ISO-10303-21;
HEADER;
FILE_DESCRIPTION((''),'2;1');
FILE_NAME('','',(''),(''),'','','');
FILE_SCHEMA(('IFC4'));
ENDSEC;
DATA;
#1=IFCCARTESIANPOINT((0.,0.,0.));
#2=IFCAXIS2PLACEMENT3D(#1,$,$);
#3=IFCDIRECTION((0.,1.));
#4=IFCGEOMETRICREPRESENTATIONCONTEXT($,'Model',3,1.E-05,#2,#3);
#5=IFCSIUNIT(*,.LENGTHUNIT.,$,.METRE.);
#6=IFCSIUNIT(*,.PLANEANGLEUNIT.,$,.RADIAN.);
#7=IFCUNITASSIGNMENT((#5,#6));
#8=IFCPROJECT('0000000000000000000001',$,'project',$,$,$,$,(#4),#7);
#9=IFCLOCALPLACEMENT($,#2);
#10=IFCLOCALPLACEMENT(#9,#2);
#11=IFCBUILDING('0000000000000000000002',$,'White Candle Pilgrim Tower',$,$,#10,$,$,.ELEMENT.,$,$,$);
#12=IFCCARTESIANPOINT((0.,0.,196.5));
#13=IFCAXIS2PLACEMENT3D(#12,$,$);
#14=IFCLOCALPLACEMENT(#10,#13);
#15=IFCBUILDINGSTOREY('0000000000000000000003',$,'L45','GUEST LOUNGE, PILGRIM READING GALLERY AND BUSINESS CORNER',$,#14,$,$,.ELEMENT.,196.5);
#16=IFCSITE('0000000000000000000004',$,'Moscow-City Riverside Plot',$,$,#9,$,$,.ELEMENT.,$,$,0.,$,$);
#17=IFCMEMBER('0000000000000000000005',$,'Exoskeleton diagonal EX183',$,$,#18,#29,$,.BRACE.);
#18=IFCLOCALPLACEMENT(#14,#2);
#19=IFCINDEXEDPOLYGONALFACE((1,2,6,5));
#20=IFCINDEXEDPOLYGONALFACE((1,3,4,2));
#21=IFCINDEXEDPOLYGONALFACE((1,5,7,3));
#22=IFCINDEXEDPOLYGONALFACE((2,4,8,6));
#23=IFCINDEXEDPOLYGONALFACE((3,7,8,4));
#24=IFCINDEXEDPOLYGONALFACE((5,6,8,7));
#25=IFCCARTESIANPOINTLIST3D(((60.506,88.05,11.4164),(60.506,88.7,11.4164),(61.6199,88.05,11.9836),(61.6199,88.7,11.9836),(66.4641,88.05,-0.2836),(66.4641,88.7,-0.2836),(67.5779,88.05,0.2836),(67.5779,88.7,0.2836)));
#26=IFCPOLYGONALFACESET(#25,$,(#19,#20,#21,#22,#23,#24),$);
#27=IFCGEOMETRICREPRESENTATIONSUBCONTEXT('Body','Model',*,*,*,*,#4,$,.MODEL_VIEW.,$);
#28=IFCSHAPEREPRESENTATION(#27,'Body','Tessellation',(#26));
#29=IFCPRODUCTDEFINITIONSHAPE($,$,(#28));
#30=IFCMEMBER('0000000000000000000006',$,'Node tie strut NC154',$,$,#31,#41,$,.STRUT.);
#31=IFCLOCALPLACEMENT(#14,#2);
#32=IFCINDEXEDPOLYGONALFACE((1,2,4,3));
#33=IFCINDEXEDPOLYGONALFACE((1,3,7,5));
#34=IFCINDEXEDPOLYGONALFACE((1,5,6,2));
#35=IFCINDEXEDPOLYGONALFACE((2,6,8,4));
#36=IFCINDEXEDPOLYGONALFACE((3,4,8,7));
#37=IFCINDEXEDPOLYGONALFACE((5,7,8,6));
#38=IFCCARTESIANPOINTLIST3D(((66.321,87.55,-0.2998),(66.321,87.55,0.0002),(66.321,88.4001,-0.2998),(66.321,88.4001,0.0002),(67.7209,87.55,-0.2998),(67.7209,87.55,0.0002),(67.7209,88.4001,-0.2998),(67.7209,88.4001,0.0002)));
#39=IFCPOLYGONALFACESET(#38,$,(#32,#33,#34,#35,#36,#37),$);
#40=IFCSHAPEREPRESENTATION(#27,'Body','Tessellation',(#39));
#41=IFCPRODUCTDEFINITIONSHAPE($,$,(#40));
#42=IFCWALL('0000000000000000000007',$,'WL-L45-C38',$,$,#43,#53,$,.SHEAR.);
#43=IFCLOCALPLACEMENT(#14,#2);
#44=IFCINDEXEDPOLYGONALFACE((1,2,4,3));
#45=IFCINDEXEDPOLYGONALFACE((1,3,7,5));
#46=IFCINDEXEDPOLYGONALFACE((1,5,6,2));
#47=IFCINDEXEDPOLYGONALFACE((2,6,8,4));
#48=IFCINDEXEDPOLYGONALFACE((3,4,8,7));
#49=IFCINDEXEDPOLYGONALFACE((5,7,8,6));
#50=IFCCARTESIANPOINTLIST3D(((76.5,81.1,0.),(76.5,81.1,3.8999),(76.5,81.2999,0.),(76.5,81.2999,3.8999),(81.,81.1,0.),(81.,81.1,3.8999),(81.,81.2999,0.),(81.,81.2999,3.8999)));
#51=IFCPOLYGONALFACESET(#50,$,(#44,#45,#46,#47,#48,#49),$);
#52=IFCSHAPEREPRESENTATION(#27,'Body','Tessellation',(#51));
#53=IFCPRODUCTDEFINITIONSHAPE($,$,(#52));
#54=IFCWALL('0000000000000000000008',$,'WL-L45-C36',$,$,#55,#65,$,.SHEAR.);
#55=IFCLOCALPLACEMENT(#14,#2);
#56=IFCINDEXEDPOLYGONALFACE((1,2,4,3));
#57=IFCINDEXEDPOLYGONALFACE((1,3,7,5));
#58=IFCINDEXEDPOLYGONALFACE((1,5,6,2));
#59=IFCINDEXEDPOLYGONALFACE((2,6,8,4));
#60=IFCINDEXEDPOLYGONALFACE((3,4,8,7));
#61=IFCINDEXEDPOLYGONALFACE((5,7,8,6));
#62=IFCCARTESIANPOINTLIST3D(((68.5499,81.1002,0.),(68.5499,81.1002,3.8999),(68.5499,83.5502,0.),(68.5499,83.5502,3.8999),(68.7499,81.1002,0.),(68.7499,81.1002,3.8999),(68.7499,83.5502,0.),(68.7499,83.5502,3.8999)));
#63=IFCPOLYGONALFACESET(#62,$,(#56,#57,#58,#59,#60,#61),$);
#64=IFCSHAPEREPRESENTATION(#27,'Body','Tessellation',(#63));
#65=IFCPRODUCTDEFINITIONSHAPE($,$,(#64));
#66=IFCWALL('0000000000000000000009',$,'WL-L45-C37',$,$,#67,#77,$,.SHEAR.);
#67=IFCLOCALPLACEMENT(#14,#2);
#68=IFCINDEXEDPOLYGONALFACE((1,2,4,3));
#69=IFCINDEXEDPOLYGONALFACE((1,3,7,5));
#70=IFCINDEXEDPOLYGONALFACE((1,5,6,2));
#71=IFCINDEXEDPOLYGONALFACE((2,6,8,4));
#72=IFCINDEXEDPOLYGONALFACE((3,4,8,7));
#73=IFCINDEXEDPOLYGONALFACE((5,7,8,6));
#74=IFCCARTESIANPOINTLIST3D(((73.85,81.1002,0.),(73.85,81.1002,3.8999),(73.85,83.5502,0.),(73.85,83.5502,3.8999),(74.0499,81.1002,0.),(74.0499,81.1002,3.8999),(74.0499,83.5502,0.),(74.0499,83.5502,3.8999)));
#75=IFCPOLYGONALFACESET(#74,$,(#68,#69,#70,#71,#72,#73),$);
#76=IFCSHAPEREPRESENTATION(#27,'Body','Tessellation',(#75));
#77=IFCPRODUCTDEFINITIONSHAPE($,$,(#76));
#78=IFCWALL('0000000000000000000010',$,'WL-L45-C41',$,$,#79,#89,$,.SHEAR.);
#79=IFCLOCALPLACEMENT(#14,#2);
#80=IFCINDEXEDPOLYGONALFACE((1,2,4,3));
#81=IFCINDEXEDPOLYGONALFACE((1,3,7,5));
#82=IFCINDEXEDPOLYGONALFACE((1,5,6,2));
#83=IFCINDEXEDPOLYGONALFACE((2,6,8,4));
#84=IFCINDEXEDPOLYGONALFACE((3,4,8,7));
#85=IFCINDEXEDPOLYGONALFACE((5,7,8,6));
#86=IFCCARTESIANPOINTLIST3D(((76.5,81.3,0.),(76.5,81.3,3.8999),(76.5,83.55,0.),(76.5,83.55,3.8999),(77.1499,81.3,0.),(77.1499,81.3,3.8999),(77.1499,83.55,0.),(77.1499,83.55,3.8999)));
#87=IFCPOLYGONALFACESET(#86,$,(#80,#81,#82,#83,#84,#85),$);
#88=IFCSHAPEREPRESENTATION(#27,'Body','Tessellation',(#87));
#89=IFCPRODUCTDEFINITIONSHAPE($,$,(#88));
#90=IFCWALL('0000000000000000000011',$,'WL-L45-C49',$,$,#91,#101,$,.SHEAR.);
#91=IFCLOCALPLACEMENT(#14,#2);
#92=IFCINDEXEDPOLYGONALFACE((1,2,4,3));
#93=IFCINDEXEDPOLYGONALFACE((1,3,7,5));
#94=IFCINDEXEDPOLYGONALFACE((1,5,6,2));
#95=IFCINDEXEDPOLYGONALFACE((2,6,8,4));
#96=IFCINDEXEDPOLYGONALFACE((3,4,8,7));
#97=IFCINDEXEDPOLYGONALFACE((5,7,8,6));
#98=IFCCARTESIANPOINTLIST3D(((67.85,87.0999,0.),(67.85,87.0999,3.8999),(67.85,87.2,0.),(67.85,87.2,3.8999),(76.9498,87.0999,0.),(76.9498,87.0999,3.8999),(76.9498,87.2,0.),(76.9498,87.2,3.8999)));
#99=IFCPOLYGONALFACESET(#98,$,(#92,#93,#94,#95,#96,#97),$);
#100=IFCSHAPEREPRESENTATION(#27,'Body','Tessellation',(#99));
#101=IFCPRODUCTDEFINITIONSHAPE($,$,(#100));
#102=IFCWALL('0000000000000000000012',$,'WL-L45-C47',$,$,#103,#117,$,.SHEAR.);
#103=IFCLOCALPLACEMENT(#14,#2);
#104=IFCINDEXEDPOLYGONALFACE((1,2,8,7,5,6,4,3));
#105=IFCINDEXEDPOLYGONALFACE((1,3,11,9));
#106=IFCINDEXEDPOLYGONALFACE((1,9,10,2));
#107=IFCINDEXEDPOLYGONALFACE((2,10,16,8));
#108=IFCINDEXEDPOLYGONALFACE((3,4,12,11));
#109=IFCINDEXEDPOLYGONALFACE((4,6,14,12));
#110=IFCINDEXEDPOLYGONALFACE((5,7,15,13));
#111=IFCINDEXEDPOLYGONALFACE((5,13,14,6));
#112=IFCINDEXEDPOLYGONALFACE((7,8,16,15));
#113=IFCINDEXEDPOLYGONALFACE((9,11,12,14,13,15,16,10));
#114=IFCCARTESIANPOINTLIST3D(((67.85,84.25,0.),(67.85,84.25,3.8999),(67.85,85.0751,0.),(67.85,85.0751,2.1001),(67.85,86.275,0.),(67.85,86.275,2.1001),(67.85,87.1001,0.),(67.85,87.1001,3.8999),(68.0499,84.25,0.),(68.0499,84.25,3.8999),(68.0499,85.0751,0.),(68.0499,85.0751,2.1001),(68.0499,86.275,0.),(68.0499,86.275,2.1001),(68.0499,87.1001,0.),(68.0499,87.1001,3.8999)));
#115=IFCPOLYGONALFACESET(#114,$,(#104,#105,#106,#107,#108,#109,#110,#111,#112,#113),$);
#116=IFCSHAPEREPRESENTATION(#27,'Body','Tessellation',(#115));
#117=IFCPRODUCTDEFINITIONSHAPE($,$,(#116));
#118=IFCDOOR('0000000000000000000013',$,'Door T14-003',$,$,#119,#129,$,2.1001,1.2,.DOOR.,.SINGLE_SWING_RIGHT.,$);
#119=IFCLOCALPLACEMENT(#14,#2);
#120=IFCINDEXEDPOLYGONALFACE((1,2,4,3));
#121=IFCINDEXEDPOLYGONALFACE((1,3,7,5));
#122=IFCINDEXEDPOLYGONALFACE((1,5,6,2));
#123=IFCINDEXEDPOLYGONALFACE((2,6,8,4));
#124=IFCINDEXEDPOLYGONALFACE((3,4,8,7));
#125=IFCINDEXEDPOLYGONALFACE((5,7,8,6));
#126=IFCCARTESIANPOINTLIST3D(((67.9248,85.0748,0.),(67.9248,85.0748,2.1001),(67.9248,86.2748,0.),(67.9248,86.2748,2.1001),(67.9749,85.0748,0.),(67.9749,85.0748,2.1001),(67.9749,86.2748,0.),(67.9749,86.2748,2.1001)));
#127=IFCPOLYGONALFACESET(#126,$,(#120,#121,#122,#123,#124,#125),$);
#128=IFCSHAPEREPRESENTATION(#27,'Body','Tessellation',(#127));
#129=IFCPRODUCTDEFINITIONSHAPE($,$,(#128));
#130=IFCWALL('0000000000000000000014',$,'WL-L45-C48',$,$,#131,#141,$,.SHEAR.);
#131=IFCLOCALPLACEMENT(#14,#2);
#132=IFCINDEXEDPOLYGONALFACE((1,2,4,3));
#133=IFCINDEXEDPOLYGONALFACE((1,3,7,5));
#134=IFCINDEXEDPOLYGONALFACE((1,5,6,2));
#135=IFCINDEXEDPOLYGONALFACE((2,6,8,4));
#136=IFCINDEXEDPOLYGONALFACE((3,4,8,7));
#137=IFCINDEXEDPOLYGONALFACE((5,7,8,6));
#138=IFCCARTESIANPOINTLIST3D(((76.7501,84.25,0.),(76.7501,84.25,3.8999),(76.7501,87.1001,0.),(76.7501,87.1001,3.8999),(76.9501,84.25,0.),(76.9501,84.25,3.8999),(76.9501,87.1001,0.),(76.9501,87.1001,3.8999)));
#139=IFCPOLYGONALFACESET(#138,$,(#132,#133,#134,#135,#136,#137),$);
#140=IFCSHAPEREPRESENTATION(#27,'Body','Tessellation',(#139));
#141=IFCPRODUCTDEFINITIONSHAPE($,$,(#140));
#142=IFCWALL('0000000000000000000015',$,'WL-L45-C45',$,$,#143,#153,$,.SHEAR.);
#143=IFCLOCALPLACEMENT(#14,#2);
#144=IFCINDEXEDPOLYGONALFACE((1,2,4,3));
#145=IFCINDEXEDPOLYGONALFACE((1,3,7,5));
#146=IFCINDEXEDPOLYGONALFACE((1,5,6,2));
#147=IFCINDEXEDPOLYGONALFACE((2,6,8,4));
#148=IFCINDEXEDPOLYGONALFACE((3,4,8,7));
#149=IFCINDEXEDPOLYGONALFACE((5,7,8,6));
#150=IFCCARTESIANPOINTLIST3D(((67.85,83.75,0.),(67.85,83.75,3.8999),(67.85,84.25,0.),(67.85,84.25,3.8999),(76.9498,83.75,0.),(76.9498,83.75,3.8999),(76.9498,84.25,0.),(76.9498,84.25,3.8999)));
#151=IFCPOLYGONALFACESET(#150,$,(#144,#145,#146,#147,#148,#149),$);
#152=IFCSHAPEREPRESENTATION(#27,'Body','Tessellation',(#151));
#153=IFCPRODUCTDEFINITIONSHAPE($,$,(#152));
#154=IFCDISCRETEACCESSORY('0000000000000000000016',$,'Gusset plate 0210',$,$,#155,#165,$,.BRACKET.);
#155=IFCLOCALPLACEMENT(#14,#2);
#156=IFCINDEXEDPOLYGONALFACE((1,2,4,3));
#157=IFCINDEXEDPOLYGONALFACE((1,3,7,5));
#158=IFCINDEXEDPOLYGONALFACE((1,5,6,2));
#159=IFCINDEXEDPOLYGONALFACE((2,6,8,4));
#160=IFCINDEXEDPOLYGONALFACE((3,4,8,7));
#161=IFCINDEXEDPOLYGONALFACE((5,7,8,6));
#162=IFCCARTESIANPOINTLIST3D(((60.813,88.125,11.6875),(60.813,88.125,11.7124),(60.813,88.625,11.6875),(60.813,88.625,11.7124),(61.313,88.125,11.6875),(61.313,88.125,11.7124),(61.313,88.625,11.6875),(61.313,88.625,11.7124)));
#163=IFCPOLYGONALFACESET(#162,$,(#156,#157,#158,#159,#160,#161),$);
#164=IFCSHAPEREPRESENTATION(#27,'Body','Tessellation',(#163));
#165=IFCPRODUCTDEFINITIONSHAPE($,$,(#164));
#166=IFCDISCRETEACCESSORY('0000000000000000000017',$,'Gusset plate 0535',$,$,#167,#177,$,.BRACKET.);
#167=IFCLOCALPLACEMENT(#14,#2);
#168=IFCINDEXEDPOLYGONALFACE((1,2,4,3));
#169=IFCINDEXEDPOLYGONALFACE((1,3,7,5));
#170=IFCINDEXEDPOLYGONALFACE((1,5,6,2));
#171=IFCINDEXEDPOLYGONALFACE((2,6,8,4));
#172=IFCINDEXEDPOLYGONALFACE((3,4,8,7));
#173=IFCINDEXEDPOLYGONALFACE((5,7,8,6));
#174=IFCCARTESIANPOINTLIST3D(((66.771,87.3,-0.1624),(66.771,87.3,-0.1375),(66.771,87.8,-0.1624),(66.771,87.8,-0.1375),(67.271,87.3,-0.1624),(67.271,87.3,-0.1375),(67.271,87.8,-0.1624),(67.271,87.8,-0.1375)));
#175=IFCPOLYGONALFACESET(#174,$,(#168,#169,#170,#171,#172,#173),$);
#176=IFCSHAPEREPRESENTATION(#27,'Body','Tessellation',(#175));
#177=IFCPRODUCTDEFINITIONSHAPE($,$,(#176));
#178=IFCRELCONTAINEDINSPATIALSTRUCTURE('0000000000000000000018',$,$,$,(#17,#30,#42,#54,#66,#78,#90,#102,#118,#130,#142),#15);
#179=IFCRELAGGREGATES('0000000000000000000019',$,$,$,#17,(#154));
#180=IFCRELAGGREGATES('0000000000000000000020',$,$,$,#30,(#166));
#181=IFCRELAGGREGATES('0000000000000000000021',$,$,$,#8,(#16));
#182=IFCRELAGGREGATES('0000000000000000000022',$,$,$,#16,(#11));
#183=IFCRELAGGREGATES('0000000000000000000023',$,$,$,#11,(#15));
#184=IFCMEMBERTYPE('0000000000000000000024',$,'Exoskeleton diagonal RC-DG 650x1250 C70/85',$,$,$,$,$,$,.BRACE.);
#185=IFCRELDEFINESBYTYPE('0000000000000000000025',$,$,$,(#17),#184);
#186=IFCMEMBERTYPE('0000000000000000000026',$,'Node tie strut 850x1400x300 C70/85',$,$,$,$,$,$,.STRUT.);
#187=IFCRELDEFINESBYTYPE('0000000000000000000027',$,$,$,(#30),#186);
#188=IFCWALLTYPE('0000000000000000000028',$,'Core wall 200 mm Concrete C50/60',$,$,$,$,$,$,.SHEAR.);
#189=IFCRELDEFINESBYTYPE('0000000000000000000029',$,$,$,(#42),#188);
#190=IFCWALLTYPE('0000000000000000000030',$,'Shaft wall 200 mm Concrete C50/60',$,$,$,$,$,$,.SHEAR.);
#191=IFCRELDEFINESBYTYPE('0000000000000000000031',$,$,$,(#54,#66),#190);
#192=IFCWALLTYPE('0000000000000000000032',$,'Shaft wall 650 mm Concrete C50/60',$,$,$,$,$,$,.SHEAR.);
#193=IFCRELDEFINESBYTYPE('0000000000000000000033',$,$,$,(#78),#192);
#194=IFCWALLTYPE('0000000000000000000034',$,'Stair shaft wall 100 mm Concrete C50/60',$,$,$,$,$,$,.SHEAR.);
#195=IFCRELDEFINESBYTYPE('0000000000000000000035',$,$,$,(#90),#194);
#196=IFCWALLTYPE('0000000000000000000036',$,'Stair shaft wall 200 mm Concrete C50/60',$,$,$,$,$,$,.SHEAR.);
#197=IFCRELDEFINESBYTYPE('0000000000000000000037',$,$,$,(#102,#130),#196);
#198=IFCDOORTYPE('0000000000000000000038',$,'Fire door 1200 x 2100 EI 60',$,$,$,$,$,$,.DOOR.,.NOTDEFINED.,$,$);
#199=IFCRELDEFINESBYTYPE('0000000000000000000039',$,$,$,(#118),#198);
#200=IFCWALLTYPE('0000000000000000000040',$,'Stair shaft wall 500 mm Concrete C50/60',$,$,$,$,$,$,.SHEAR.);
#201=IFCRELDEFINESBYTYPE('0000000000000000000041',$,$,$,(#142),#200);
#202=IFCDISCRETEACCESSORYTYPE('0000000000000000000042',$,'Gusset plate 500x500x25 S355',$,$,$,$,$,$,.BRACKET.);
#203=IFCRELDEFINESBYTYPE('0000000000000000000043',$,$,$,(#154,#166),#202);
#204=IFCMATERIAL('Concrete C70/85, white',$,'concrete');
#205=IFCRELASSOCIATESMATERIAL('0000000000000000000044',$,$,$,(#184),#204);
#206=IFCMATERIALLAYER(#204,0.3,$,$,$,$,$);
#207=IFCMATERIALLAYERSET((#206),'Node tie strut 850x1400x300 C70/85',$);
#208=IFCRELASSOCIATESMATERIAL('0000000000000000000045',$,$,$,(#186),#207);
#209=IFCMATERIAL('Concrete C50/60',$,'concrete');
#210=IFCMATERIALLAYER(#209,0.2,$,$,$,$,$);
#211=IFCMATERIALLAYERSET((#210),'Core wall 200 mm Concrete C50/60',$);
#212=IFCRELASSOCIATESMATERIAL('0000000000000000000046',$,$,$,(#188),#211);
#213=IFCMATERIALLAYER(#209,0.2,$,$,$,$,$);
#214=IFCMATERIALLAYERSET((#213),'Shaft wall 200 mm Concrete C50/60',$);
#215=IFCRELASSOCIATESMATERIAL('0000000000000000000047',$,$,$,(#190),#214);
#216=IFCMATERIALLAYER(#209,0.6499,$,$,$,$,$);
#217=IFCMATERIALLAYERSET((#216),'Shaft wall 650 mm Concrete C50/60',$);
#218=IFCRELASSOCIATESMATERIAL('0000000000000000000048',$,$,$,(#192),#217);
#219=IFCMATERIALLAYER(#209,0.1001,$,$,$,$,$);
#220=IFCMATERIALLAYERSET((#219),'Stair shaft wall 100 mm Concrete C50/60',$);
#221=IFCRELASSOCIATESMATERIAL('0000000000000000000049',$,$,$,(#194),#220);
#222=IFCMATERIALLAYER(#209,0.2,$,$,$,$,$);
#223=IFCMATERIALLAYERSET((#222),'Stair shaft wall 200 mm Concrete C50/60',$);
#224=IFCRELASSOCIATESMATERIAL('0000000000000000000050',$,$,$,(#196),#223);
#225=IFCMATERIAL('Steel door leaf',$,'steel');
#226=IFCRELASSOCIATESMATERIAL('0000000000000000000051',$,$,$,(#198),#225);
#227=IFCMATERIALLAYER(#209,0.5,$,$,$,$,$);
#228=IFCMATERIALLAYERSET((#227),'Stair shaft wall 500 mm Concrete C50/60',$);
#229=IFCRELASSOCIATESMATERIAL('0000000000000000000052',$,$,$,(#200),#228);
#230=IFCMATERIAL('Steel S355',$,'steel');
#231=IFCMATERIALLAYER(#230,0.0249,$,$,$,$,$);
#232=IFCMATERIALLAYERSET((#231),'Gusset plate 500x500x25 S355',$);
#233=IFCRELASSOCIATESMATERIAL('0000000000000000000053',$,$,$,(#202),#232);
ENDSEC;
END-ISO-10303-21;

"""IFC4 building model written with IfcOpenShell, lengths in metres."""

from ifc_helpers import new_model, si_unit, direction, frame, frame_2d, origin, origin_2d, place, context, subcontext, project, spatial, rectangle, extrude, material, layer, layer_set, material_profile, profile_set, type_object, element, fill, aggregate, save


model = new_model("IFC4")

# Units and contexts
model_context = context("Model", 3, precision=1e-05, world=origin(), true_north=direction((0.0, 1.0)))
body_context = subcontext(model_context, "Body", "Model", "MODEL_VIEW")
ifc_project = project(units=[si_unit("LENGTHUNIT", "METRE"), si_unit("PLANEANGLEUNIT", "RADIAN")], contexts=[model_context])

# Site, building, storey
site_placement = place(None, origin())
site = spatial("IfcSite", under=ifc_project, at=site_placement, Name="Moscow-City Riverside Plot", CompositionType="ELEMENT", RefElevation=0.0)
building_placement = place(site_placement, origin())
building = spatial("IfcBuilding", under=site, at=building_placement, Name="White Candle Pilgrim Tower", CompositionType="ELEMENT")
storey_placement = place(building_placement, frame((0.0, 0.0, 196.5)))
storey = spatial("IfcBuildingStorey", under=building, at=storey_placement, Name="L45", Description="GUEST LOUNGE, PILGRIM READING GALLERY AND BUSINESS CORNER", CompositionType="ELEMENT", Elevation=196.5)

# Members
ifc_material_1 = material(Name="Concrete C70/85, white", Category="concrete")
ifc_material_profile = material_profile(ifc_material_1, rectangle(XDim=0.6499, YDim=1.25, at=origin_2d()), Name="RC-DG 650x1250")
ifc_profile_set = profile_set([ifc_material_profile], Name="Concrete C70/85, white")
member_type_1 = type_object("IfcMemberType", Name="Exoskeleton diagonal RC-DG 650x1250 C70/85", PredefinedType="BRACE", material=ifc_profile_set)
member_1_placement = place(storey_placement, frame((67.021, 88.375, 0.0), z_axis=(-0.453784, 0.0, 0.891112), x_axis=(0.0, -1.0, 0.0)))
member_1 = element("IfcMember", 1, at=member_1_placement, inside=storey, type_object=member_type_1, Name="Exoskeleton diagonal EX183", PredefinedType="BRACE", context=body_context, shape_type="SweptSolid", body=[
    extrude(rectangle(XDim=0.6499, YDim=1.25, at=origin_2d()), origin(), (0.0, 0.0, 1.0), 13.1296),
])
ifc_layer_1 = layer(ifc_material_1, 0.3)
ifc_layer_set_1 = layer_set([ifc_layer_1], Name="Node tie strut 850x1400x300 C70/85")
member_type_2 = type_object("IfcMemberType", Name="Node tie strut 850x1400x300 C70/85", PredefinedType="STRUT", material=ifc_layer_set_1)
member_2_placement = place(storey_placement, frame((67.021, 87.9751, -0.2998), z_axis=(0.0, 0.0, 1.0), x_axis=(-1.0, 0.0, 0.0)))
member_2 = element("IfcMember", 2, at=member_2_placement, inside=storey, type_object=member_type_2, Name="Node tie strut NC154", PredefinedType="STRUT", context=body_context, shape_type="SweptSolid", body=[
    extrude(rectangle(XDim=1.3999, YDim=0.8501, at=origin_2d()), origin(), (0.0, 0.0, 1.0), 0.3),
])

# Walls
ifc_material_2 = material(Name="Concrete C50/60", Category="concrete")
ifc_layer_2 = layer(ifc_material_2, 0.2)
ifc_layer_set_2 = layer_set([ifc_layer_2], Name="Core wall 200 mm Concrete C50/60")
wall_type_1 = type_object("IfcWallType", Name="Core wall 200 mm Concrete C50/60", PredefinedType="SHEAR", material=ifc_layer_set_2)
wall_1_placement = place(storey_placement, frame((76.5, 81.2, 0.0), z_axis=(0.0, 0.0, 1.0), x_axis=(1.0, 0.0, 0.0)))
element("IfcWall", 3, at=wall_1_placement, inside=storey, type_object=wall_type_1, Name="WL-L45-C38", PredefinedType="SHEAR", context=body_context, shape_type="SweptSolid", body=[
    extrude(rectangle(XDim=4.5, YDim=0.2, at=frame_2d((2.25, 0.0))), origin(), (0.0, 0.0, 1.0), 3.8999),
])
ifc_layer_3 = layer(ifc_material_2, 0.2)
ifc_layer_set_3 = layer_set([ifc_layer_3], Name="Shaft wall 200 mm Concrete C50/60")
wall_type_2 = type_object("IfcWallType", Name="Shaft wall 200 mm Concrete C50/60", PredefinedType="SHEAR", material=ifc_layer_set_3)
for number, where, z_axis, x_axis, name in (
    (4, (68.6499, 81.1001, 0.0), (0.0, 0.0, 1.0), (0.0, 1.0, 0.0), "WL-L45-C36"),
    (5, (73.95, 81.1001, 0.0), (0.0, 0.0, 1.0), (0.0, 1.0, 0.0), "WL-L45-C37"),
):
    element("IfcWall", number, at=place(storey_placement, frame(where, z_axis=z_axis, x_axis=x_axis)), inside=storey, type_object=wall_type_2, Name=name, PredefinedType="SHEAR", context=body_context, shape_type="SweptSolid", body=[
        extrude(rectangle(XDim=2.45, YDim=0.2, at=frame_2d((1.2251, 0.0))), origin(), (0.0, 0.0, 1.0), 3.8999),
    ])
ifc_layer_4 = layer(ifc_material_2, 0.6499)
ifc_layer_set_4 = layer_set([ifc_layer_4], Name="Shaft wall 650 mm Concrete C50/60")
wall_type_3 = type_object("IfcWallType", Name="Shaft wall 650 mm Concrete C50/60", PredefinedType="SHEAR", material=ifc_layer_set_4)
wall_2_placement = place(storey_placement, frame((76.825, 81.3, 0.0), z_axis=(0.0, 0.0, 1.0), x_axis=(0.0, 1.0, 0.0)))
element("IfcWall", 6, at=wall_2_placement, inside=storey, type_object=wall_type_3, Name="WL-L45-C41", PredefinedType="SHEAR", context=body_context, shape_type="SweptSolid", body=[
    extrude(rectangle(XDim=2.25, YDim=0.6499, at=frame_2d((1.125, 0.0))), origin(), (0.0, 0.0, 1.0), 3.8999),
])
ifc_layer_5 = layer(ifc_material_2, 0.1001)
ifc_layer_set_5 = layer_set([ifc_layer_5], Name="Stair shaft wall 100 mm Concrete C50/60")
wall_type_4 = type_object("IfcWallType", Name="Stair shaft wall 100 mm Concrete C50/60", PredefinedType="SHEAR", material=ifc_layer_set_5)
wall_3_placement = place(storey_placement, frame((67.8501, 87.1499, 0.0), z_axis=(0.0, 0.0, 1.0), x_axis=(1.0, 0.0, 0.0)))
element("IfcWall", 7, at=wall_3_placement, inside=storey, type_object=wall_type_4, Name="WL-L45-C49", PredefinedType="SHEAR", context=body_context, shape_type="SweptSolid", body=[
    extrude(rectangle(XDim=9.0999, YDim=0.1001, at=frame_2d((4.5498, 0.0))), origin(), (0.0, 0.0, 1.0), 3.8999),
])

# Wall, opening, door
ifc_layer_6 = layer(ifc_material_2, 0.2)
ifc_layer_set_6 = layer_set([ifc_layer_6], Name="Stair shaft wall 200 mm Concrete C50/60")
wall_type_5 = type_object("IfcWallType", Name="Stair shaft wall 200 mm Concrete C50/60", PredefinedType="SHEAR", material=ifc_layer_set_6)
wall_4_placement = place(storey_placement, frame((67.95, 84.25, 0.0), z_axis=(0.0, 0.0, 1.0), x_axis=(0.0, 1.0, 0.0)))
wall_4 = element("IfcWall", 8, at=wall_4_placement, inside=storey, type_object=wall_type_5, Name="WL-L45-C47", PredefinedType="SHEAR", context=body_context, shape_type="SweptSolid", body=[
    extrude(rectangle(XDim=2.8501, YDim=0.2, at=frame_2d((1.425, 0.0))), origin(), (0.0, 0.0, 1.0), 3.8999),
])
opening_placement = place(wall_4_placement, frame((0.825, 0.0, 0.0)))
opening = element("IfcOpeningElement", 9, at=opening_placement, cuts=wall_4, PredefinedType="OPENING", context=body_context, shape_type="SweptSolid", body=[
    extrude(rectangle(XDim=1.2, YDim=2.1001, at=frame_2d((0.6001, 1.05))), frame((0.0, 0.1099, 0.0), z_axis=(0.0, -1.0, 0.0), x_axis=(1.0, 0.0, 0.0)), (0.0, 0.0, 1.0), 0.22),
])
ifc_material_3 = material(Name="Steel door leaf", Category="steel")
door_type = type_object("IfcDoorType", Name="Fire door 1200 x 2100 EI 60", OperationType="NOTDEFINED", PredefinedType="DOOR", material=ifc_material_3)
door_placement = place(opening_placement, frame((1.2, 0.0, 0.0), z_axis=(0.0, 0.0, 1.0), x_axis=(-1.0, 0.0, 0.0)))
door = element("IfcDoor", 10, at=door_placement, inside=storey, type_object=door_type, Name="Door T14-003", OperationType="SINGLE_SWING_RIGHT", OverallHeight=2.1001, OverallWidth=1.2, PredefinedType="DOOR", context=body_context, shape_type="SweptSolid", body=[
    extrude(rectangle(XDim=1.2, YDim=2.1001, at=frame_2d((0.6001, 1.05))), frame((0.0, 0.0249, 0.0), z_axis=(0.0, -1.0, 0.0), x_axis=(1.0, 0.0, 0.0)), (0.0, 0.0, 1.0), 0.05),
])
fill(opening, door)

# Walls
wall_5_placement = place(storey_placement, frame((76.8501, 84.25, 0.0), z_axis=(0.0, 0.0, 1.0), x_axis=(0.0, 1.0, 0.0)))
element("IfcWall", 11, at=wall_5_placement, inside=storey, type_object=wall_type_5, Name="WL-L45-C48", PredefinedType="SHEAR", context=body_context, shape_type="SweptSolid", body=[
    extrude(rectangle(XDim=2.8501, YDim=0.2, at=frame_2d((1.425, 0.0))), origin(), (0.0, 0.0, 1.0), 3.8999),
])
ifc_layer_7 = layer(ifc_material_2, 0.5)
ifc_layer_set_7 = layer_set([ifc_layer_7], Name="Stair shaft wall 500 mm Concrete C50/60")
wall_type_6 = type_object("IfcWallType", Name="Stair shaft wall 500 mm Concrete C50/60", PredefinedType="SHEAR", material=ifc_layer_set_7)
wall_6_placement = place(storey_placement, frame((67.8501, 84.0, 0.0), z_axis=(0.0, 0.0, 1.0), x_axis=(1.0, 0.0, 0.0)))
element("IfcWall", 12, at=wall_6_placement, inside=storey, type_object=wall_type_6, Name="WL-L45-C45", PredefinedType="SHEAR", context=body_context, shape_type="SweptSolid", body=[
    extrude(rectangle(XDim=9.0999, YDim=0.5, at=frame_2d((4.5498, 0.0))), origin(), (0.0, 0.0, 1.0), 3.8999),
])

# Discrete accessories
ifc_material_4 = material(Name="Steel S355", Category="steel")
ifc_layer_8 = layer(ifc_material_4, 0.0249)
ifc_layer_set_8 = layer_set([ifc_layer_8], Name="Gusset plate 500x500x25 S355")
discrete_accessory_type = type_object("IfcDiscreteAccessoryType", Name="Gusset plate 500x500x25 S355", PredefinedType="BRACKET", material=ifc_layer_set_8)
placement = place(building_placement, frame((0.0, 0.0, 208.2)))
discrete_accessory_1_placement = place(placement, frame((61.063, 88.375, -0.0125), z_axis=(0.0, 0.0, 1.0), x_axis=(1.0, 0.0, 0.0)))
discrete_accessory_1 = element("IfcDiscreteAccessory", 13, at=discrete_accessory_1_placement, type_object=discrete_accessory_type, Name="Gusset plate 0210", PredefinedType="BRACKET", context=body_context, shape_type="SweptSolid", body=[
    extrude(rectangle(XDim=0.5, YDim=0.5, at=origin_2d()), origin(), (0.0, 0.0, 1.0), 0.0249),
])
aggregate(member_1, [discrete_accessory_1])
discrete_accessory_2_placement = place(storey_placement, frame((67.021, 87.55, -0.1624), z_axis=(0.0, 0.0, 1.0), x_axis=(1.0, 0.0, 0.0)))
discrete_accessory_2 = element("IfcDiscreteAccessory", 14, at=discrete_accessory_2_placement, type_object=discrete_accessory_type, Name="Gusset plate 0535", PredefinedType="BRACKET", context=body_context, shape_type="SweptSolid", body=[
    extrude(rectangle(XDim=0.5, YDim=0.5, at=origin_2d()), origin(), (0.0, 0.0, 1.0), 0.0249),
])
aggregate(member_2, [discrete_accessory_2])

save(model, "model.ifc")
